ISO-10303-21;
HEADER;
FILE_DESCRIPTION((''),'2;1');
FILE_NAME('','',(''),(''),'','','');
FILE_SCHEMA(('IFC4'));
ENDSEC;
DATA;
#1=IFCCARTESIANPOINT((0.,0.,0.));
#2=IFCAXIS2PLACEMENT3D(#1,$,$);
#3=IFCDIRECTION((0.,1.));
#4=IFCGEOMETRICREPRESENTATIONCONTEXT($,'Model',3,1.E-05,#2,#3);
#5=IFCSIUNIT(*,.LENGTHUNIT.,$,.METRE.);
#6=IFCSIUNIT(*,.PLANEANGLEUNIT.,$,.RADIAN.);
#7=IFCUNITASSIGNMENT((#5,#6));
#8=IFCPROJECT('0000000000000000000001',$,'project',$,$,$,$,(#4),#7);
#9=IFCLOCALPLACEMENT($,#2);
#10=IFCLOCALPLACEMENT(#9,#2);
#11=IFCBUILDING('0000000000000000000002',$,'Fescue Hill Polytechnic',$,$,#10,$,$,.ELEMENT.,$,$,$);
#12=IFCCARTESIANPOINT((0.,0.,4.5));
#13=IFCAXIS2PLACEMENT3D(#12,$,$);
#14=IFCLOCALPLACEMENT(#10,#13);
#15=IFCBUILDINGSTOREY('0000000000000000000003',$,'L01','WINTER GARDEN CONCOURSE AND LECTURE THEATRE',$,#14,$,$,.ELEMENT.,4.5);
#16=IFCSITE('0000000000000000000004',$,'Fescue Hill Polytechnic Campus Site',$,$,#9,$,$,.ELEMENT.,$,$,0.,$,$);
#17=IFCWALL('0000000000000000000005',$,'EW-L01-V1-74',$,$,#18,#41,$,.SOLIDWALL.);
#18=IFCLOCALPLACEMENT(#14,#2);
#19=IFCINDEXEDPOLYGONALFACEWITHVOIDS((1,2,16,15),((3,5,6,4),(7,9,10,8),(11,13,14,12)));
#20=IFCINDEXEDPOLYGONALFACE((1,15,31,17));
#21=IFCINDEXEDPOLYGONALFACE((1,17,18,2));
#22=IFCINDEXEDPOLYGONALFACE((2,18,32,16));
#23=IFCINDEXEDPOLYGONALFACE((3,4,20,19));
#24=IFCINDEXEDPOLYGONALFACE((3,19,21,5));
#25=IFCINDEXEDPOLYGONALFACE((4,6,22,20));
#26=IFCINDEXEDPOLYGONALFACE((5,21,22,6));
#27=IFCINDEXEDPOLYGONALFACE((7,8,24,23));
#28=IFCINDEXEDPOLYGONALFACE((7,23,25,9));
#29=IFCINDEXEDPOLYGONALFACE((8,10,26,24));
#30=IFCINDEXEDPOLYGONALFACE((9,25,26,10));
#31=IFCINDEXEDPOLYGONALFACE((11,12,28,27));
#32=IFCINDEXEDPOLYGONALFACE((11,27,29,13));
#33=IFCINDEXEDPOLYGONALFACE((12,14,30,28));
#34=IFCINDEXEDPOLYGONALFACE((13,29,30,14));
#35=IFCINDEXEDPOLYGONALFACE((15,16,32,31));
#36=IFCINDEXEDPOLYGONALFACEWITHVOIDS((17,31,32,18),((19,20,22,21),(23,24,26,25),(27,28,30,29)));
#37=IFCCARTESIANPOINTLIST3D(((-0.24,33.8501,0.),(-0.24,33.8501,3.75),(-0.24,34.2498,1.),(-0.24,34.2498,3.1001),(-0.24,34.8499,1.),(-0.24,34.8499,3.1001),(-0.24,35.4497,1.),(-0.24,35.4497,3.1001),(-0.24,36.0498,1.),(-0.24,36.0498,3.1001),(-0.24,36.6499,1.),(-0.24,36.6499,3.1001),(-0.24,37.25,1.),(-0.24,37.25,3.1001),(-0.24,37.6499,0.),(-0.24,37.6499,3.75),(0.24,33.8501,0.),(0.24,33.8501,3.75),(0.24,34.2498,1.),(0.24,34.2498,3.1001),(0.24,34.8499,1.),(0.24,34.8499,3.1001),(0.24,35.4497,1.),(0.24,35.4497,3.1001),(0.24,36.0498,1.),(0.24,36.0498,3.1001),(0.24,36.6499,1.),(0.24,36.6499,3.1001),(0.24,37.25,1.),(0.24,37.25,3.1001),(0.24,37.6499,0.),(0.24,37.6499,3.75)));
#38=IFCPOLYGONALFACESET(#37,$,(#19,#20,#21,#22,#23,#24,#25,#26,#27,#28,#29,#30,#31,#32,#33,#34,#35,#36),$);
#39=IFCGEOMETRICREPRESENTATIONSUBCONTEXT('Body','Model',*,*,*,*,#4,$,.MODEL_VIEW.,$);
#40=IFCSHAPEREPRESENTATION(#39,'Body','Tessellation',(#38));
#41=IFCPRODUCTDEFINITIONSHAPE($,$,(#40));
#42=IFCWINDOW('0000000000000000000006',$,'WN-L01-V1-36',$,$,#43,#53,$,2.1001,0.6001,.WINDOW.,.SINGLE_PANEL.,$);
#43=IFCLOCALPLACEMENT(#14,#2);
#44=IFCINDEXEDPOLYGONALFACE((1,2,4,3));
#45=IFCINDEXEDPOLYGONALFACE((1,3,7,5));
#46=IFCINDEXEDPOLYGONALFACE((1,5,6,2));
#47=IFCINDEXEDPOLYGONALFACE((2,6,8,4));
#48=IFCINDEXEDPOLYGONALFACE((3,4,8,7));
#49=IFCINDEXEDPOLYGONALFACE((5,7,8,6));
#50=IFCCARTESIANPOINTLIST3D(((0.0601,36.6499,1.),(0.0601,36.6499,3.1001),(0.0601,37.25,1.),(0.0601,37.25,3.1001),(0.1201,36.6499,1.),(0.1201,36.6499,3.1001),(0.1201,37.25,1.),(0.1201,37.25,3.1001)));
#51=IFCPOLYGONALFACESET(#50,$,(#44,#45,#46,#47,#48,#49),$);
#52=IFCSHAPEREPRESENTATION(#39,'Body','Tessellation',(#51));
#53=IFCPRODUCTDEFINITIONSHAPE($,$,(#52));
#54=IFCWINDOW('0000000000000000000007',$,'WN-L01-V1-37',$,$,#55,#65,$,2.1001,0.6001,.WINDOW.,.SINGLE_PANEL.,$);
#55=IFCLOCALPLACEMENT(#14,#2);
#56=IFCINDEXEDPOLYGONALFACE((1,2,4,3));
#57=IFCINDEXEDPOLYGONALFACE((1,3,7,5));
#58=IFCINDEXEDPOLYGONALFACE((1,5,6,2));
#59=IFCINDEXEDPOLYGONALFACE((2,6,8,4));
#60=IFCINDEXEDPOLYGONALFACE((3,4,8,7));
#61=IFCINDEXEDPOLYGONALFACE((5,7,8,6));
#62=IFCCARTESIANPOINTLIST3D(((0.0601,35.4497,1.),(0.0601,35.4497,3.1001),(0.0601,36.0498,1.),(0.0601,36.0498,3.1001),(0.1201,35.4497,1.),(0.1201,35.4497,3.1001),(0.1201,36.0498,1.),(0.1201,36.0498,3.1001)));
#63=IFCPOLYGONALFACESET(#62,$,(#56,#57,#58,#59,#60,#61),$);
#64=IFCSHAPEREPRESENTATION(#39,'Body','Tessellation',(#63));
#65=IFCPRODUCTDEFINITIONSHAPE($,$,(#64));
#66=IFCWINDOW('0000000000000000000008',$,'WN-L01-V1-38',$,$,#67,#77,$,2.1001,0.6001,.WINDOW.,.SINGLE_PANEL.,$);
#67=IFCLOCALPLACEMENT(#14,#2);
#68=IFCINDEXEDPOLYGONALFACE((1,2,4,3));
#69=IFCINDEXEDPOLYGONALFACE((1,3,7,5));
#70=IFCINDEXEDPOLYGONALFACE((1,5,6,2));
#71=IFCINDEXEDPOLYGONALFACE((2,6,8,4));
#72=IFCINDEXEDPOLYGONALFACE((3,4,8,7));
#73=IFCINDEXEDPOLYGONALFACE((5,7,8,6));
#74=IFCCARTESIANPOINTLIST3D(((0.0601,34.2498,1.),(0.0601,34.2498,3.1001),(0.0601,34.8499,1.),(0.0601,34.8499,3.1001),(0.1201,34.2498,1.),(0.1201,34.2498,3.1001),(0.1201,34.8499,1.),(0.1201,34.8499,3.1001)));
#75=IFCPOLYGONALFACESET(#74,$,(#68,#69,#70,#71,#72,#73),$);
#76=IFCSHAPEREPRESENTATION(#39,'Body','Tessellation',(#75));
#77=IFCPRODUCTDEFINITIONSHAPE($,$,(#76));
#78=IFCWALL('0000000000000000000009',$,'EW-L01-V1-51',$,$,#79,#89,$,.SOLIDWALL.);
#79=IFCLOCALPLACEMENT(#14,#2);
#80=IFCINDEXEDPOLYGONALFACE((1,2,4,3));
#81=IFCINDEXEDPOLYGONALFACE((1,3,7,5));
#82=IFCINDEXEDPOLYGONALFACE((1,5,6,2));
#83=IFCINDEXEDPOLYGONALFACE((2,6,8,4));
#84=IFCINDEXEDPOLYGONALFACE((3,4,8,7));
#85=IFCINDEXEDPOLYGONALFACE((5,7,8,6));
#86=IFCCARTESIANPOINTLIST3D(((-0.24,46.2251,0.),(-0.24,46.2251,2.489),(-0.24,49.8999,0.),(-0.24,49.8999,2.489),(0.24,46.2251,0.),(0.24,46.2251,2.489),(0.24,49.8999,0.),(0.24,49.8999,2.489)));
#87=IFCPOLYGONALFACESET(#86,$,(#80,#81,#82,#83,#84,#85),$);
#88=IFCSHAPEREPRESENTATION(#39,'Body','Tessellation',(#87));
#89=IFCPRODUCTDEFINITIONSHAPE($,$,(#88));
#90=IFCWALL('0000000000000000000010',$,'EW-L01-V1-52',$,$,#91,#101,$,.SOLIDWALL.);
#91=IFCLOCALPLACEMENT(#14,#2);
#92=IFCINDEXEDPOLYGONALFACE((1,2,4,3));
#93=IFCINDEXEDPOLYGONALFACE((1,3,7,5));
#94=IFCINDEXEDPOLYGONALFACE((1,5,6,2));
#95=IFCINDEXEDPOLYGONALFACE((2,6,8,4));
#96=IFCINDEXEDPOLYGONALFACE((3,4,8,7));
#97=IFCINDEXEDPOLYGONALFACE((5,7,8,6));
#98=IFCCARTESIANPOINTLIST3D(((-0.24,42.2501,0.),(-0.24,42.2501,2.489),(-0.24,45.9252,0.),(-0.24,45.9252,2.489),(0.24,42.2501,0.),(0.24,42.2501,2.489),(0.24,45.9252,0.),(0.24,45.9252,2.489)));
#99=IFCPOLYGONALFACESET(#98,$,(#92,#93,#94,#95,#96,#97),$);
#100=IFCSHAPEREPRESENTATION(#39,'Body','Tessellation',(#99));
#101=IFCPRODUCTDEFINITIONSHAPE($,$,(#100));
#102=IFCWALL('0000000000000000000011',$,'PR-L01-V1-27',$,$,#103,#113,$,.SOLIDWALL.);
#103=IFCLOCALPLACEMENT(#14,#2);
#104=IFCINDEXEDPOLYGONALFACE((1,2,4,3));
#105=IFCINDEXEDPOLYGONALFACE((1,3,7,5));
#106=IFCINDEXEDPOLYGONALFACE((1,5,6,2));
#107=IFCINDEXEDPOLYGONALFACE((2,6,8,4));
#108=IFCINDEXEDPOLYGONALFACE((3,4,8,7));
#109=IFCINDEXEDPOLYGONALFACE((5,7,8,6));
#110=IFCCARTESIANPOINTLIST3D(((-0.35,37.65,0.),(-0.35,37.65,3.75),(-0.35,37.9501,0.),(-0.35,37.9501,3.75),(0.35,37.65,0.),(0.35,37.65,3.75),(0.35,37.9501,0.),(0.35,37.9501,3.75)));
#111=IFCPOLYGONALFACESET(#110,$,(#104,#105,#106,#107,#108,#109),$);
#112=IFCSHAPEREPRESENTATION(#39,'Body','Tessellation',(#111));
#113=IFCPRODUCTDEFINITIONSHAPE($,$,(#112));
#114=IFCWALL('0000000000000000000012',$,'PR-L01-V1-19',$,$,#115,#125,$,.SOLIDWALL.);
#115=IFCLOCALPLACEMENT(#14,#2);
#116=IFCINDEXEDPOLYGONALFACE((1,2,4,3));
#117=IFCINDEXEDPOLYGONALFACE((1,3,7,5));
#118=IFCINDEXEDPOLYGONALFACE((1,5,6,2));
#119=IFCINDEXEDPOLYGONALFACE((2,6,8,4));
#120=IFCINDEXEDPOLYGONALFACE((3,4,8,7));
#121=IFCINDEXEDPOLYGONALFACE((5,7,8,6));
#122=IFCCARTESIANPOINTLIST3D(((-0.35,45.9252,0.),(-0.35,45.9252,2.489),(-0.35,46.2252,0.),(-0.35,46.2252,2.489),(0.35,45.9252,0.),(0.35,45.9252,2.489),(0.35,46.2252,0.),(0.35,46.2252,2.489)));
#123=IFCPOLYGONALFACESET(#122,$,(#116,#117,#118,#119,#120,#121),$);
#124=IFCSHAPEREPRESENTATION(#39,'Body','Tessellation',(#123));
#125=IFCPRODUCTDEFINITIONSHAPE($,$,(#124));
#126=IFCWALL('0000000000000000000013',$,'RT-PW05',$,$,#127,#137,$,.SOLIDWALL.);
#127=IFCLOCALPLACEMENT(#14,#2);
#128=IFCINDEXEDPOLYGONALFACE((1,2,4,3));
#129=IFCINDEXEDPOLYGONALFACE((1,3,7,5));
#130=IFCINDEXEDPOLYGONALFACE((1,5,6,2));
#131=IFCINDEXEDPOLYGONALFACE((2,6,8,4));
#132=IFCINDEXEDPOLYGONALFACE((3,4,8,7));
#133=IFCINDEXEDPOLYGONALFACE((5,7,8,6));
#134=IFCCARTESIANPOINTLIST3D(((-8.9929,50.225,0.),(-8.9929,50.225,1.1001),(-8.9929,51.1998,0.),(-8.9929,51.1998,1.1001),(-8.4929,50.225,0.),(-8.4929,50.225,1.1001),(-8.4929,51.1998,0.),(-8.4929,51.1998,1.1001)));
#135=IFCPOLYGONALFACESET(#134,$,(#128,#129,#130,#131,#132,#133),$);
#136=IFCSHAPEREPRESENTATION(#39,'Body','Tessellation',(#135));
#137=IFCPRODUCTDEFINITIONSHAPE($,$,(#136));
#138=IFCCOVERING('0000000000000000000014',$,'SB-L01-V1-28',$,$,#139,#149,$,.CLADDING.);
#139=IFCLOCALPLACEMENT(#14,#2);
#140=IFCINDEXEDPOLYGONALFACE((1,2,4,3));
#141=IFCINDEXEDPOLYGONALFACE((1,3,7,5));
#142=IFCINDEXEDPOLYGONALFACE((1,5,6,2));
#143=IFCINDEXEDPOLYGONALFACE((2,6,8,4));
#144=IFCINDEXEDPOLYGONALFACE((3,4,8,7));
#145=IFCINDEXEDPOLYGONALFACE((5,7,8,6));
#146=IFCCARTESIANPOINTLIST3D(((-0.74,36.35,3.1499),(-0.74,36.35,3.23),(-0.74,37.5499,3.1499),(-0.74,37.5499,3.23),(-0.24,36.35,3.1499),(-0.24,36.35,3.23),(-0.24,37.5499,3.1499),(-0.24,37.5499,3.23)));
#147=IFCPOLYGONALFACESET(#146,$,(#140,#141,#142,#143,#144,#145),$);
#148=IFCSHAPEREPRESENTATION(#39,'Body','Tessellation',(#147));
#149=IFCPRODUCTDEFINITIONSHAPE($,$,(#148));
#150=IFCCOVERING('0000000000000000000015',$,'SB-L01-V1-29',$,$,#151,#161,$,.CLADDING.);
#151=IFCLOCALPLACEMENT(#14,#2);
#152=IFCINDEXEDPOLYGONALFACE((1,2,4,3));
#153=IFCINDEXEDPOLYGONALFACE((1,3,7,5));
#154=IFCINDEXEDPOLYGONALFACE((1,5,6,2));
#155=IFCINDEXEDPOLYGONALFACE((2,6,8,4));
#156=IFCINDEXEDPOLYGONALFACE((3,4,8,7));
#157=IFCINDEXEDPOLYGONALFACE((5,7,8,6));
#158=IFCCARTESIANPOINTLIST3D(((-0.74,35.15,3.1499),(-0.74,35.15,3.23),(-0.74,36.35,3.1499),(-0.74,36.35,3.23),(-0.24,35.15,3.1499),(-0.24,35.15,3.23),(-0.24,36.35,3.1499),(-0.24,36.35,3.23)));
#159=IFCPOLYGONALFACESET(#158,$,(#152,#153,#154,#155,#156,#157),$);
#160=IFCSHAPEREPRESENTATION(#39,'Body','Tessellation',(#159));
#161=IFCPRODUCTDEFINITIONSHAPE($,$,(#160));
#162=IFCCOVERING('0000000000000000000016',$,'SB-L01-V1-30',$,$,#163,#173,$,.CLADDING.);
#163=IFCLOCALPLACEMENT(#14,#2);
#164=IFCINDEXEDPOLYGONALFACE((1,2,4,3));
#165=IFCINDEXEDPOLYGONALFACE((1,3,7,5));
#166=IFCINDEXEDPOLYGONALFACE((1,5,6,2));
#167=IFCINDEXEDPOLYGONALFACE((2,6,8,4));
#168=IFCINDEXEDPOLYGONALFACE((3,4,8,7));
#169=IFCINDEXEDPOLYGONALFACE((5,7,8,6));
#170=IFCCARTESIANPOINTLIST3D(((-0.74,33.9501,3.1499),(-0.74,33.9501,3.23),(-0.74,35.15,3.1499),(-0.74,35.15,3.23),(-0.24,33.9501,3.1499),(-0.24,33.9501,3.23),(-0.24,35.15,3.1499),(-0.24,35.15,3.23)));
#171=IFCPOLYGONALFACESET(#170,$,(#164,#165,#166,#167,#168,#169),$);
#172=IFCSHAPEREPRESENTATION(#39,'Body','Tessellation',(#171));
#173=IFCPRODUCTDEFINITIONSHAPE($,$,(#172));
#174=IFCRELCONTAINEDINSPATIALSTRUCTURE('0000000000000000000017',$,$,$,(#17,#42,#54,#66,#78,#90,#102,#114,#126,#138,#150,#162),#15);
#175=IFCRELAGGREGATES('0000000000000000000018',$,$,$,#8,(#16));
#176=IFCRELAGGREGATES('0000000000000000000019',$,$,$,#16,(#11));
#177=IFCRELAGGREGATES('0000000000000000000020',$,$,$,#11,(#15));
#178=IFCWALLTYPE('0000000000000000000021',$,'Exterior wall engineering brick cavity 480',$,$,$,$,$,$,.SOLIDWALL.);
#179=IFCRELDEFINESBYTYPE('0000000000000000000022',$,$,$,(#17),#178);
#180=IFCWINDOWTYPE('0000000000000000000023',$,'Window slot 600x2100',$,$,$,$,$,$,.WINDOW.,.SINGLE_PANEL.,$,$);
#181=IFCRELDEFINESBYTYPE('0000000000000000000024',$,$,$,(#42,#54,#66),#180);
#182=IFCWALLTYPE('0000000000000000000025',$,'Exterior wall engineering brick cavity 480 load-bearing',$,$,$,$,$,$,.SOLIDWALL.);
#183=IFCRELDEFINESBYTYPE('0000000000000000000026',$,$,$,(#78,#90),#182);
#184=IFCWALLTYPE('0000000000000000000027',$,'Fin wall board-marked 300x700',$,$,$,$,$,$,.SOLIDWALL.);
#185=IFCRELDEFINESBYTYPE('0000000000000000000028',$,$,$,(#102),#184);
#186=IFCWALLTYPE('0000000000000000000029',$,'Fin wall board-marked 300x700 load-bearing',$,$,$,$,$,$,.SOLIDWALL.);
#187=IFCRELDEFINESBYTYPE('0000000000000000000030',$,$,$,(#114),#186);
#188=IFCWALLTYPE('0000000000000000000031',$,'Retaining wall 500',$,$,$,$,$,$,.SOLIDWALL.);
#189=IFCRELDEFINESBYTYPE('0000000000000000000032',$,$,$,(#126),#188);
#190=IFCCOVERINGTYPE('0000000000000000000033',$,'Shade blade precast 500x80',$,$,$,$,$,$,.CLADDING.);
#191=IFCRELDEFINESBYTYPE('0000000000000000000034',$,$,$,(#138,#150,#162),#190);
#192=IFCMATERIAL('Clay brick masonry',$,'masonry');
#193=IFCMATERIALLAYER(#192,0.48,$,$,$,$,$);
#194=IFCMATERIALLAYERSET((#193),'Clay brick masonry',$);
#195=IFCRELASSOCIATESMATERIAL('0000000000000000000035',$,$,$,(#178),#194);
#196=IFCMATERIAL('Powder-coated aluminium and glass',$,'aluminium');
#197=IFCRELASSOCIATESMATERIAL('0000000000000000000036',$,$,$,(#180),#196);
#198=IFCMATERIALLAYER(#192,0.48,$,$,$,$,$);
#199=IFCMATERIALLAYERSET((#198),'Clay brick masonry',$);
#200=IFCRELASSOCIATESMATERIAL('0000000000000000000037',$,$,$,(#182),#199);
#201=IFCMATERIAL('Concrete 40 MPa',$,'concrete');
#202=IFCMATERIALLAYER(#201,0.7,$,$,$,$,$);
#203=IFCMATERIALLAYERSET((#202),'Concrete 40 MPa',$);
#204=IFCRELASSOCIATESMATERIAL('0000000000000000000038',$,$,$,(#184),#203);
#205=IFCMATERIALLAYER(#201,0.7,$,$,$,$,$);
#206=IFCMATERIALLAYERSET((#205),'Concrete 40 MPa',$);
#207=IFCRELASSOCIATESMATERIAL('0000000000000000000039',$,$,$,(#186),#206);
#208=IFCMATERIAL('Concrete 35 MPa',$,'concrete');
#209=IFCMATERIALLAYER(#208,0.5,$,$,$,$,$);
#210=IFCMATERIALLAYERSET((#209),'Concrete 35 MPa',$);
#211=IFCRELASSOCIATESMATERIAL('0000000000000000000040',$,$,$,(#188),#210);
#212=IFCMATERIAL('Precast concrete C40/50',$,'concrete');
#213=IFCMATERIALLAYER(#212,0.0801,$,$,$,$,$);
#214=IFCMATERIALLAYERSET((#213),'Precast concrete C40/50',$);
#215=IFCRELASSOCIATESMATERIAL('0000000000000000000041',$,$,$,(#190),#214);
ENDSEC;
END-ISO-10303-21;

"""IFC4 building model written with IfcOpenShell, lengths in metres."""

from ifc_helpers import new_model, si_unit, direction, frame, frame_2d, origin, origin_2d, place, context, subcontext, project, spatial, rectangle, extrude, material, layer, layer_set, type_object, element, fill, save


model = new_model("IFC4")

# Units and contexts
model_context = context("Model", 3, precision=1e-05, world=origin(), true_north=direction((0.0, 1.0)))
body_context = subcontext(model_context, "Body", "Model", "MODEL_VIEW")
ifc_project = project(units=[si_unit("LENGTHUNIT", "METRE"), si_unit("PLANEANGLEUNIT", "RADIAN")], contexts=[model_context])

# Site, building, storey
site_placement = place(None, origin())
site = spatial("IfcSite", under=ifc_project, at=site_placement, Name="Fescue Hill Polytechnic Campus Site", CompositionType="ELEMENT", RefElevation=0.0)
building_placement = place(site_placement, origin())
building = spatial("IfcBuilding", under=site, at=building_placement, Name="Fescue Hill Polytechnic", CompositionType="ELEMENT")
storey_placement = place(building_placement, frame((0.0, 0.0, 4.5)))
storey = spatial("IfcBuildingStorey", under=building, at=storey_placement, Name="L01", Description="WINTER GARDEN CONCOURSE AND LECTURE THEATRE", CompositionType="ELEMENT", Elevation=4.5)

# Shared definitions
ifc_material_1 = material(Name="Concrete 40 MPa", Category="concrete")

# Shared definitions
ifc_material_2 = material(Name="Concrete 35 MPa", Category="concrete")

# Shared definitions
ifc_material_3 = material(Name="Clay brick masonry", Category="masonry")
ifc_layer_1 = layer(ifc_material_3, 0.48)
ifc_layer_set_1 = layer_set([ifc_layer_1], Name="Clay brick masonry")
wall_type_1 = type_object("IfcWallType", Name="Exterior wall engineering brick cavity 480", PredefinedType="SOLIDWALL", material=ifc_layer_set_1)

# Wall, openings, windows
wall_1_placement = place(storey_placement, frame((0.0, 37.6499, 0.0), z_axis=(0.0, 0.0, 1.0), x_axis=(0.0, -1.0, 0.0)))
wall_1 = element("IfcWall", 1, at=wall_1_placement, inside=storey, type_object=wall_type_1, Name="EW-L01-V1-74", PredefinedType="SOLIDWALL", context=body_context, shape_type="SweptSolid", body=[
    extrude(rectangle(XDim=3.7998, YDim=0.48, at=frame_2d((1.8999, 0.0))), origin(), (0.0, 0.0, 1.0), 3.75),
])
opening_1_placement = place(wall_1_placement, frame((0.3999, 0.0, 1.0)))
opening_1 = element("IfcOpeningElement", 2, at=opening_1_placement, cuts=wall_1, PredefinedType="OPENING", context=body_context, shape_type="SweptSolid", body=[
    extrude(rectangle(XDim=0.6001, YDim=2.1001, at=frame_2d((0.3, 1.05))), frame((0.0, 0.25, 0.0), z_axis=(0.0, -1.0, 0.0), x_axis=(1.0, 0.0, 0.0)), (0.0, 0.0, 1.0), 0.5),
])
opening_2_placement = place(wall_1_placement, frame((1.6001, 0.0, 1.0)))
opening_2 = element("IfcOpeningElement", 3, at=opening_2_placement, cuts=wall_1, PredefinedType="OPENING", context=body_context, shape_type="SweptSolid", body=[
    extrude(rectangle(XDim=0.6001, YDim=2.1001, at=frame_2d((0.3, 1.05))), frame((0.0, 0.25, 0.0), z_axis=(0.0, -1.0, 0.0), x_axis=(1.0, 0.0, 0.0)), (0.0, 0.0, 1.0), 0.5),
])
opening_3_placement = place(wall_1_placement, frame((2.8, 0.0, 1.0)))
opening_3 = element("IfcOpeningElement", 4, at=opening_3_placement, cuts=wall_1, PredefinedType="OPENING", context=body_context, shape_type="SweptSolid", body=[
    extrude(rectangle(XDim=0.6001, YDim=2.1001, at=frame_2d((0.3, 1.05))), frame((0.0, 0.25, 0.0), z_axis=(0.0, -1.0, 0.0), x_axis=(1.0, 0.0, 0.0)), (0.0, 0.0, 1.0), 0.5),
])
ifc_material_4 = material(Name="Powder-coated aluminium and glass", Category="aluminium")
window_type = type_object("IfcWindowType", Name="Window slot 600x2100", PartitioningType="SINGLE_PANEL", PredefinedType="WINDOW", material=ifc_material_4)
window_1_placement = place(opening_1_placement, origin())
window_1 = element("IfcWindow", 5, at=window_1_placement, inside=storey, type_object=window_type, Name="WN-L01-V1-36", OverallHeight=2.1001, OverallWidth=0.6001, PartitioningType="SINGLE_PANEL", PredefinedType="WINDOW", context=body_context, shape_type="SweptSolid", body=[
    extrude(rectangle(XDim=0.6001, YDim=2.1001, at=frame_2d((0.3, 1.05))), frame((0.0, 0.1201, 0.0), z_axis=(0.0, -1.0, 0.0), x_axis=(1.0, 0.0, 0.0)), (0.0, 0.0, 1.0), 0.0601),
])
fill(opening_1, window_1)
window_2_placement = place(opening_2_placement, origin())
window_2 = element("IfcWindow", 6, at=window_2_placement, inside=storey, type_object=window_type, Name="WN-L01-V1-37", OverallHeight=2.1001, OverallWidth=0.6001, PartitioningType="SINGLE_PANEL", PredefinedType="WINDOW", context=body_context, shape_type="SweptSolid", body=[
    extrude(rectangle(XDim=0.6001, YDim=2.1001, at=frame_2d((0.3, 1.05))), frame((0.0, 0.1201, 0.0), z_axis=(0.0, -1.0, 0.0), x_axis=(1.0, 0.0, 0.0)), (0.0, 0.0, 1.0), 0.0601),
])
fill(opening_2, window_2)
window_3_placement = place(opening_3_placement, origin())
window_3 = element("IfcWindow", 7, at=window_3_placement, inside=storey, type_object=window_type, Name="WN-L01-V1-38", OverallHeight=2.1001, OverallWidth=0.6001, PartitioningType="SINGLE_PANEL", PredefinedType="WINDOW", context=body_context, shape_type="SweptSolid", body=[
    extrude(rectangle(XDim=0.6001, YDim=2.1001, at=frame_2d((0.3, 1.05))), frame((0.0, 0.1201, 0.0), z_axis=(0.0, -1.0, 0.0), x_axis=(1.0, 0.0, 0.0)), (0.0, 0.0, 1.0), 0.0601),
])
fill(opening_3, window_3)

# Walls
ifc_layer_2 = layer(ifc_material_3, 0.48)
ifc_layer_set_2 = layer_set([ifc_layer_2], Name="Clay brick masonry")
wall_type_2 = type_object("IfcWallType", Name="Exterior wall engineering brick cavity 480 load-bearing", PredefinedType="SOLIDWALL", material=ifc_layer_set_2)
wall_2_placement = place(storey_placement, frame((0.0, 49.8999, 0.0), z_axis=(0.0, 0.0, 1.0), x_axis=(0.0, -1.0, 0.0)))
element("IfcWall", 8, at=wall_2_placement, inside=storey, type_object=wall_type_2, Name="EW-L01-V1-51", PredefinedType="SOLIDWALL", context=body_context, shape_type="SweptSolid", body=[
    extrude(rectangle(XDim=3.6748, YDim=0.48, at=frame_2d((1.8374, 0.0))), origin(), (0.0, 0.0, 1.0), 2.489),
])
wall_3_placement = place(storey_placement, frame((0.0, 45.925, 0.0), z_axis=(0.0, 0.0, 1.0), x_axis=(0.0, -1.0, 0.0)))
element("IfcWall", 9, at=wall_3_placement, inside=storey, type_object=wall_type_2, Name="EW-L01-V1-52", PredefinedType="SOLIDWALL", context=body_context, shape_type="SweptSolid", body=[
    extrude(rectangle(XDim=3.675, YDim=0.48, at=frame_2d((1.8374, 0.0))), origin(), (0.0, 0.0, 1.0), 2.489),
])
ifc_layer_3 = layer(ifc_material_1, 0.7)
ifc_layer_set_3 = layer_set([ifc_layer_3], Name="Concrete 40 MPa")
wall_type_3 = type_object("IfcWallType", Name="Fin wall board-marked 300x700", PredefinedType="SOLIDWALL", material=ifc_layer_set_3)
wall_4_placement = place(storey_placement, frame((0.0, 37.95, 0.0), z_axis=(0.0, 0.0, 1.0), x_axis=(0.0, -1.0, 0.0)))
element("IfcWall", 10, at=wall_4_placement, inside=storey, type_object=wall_type_3, Name="PR-L01-V1-27", PredefinedType="SOLIDWALL", context=body_context, shape_type="SweptSolid", body=[
    extrude(rectangle(XDim=0.3, YDim=0.7, at=frame_2d((0.1499, 0.0))), origin(), (0.0, 0.0, 1.0), 3.75),
])
ifc_layer_4 = layer(ifc_material_1, 0.7)
ifc_layer_set_4 = layer_set([ifc_layer_4], Name="Concrete 40 MPa")
wall_type_4 = type_object("IfcWallType", Name="Fin wall board-marked 300x700 load-bearing", PredefinedType="SOLIDWALL", material=ifc_layer_set_4)
wall_5_placement = place(storey_placement, frame((0.0, 46.2251, 0.0), z_axis=(0.0, 0.0, 1.0), x_axis=(0.0, -1.0, 0.0)))
element("IfcWall", 11, at=wall_5_placement, inside=storey, type_object=wall_type_4, Name="PR-L01-V1-19", PredefinedType="SOLIDWALL", context=body_context, shape_type="SweptSolid", body=[
    extrude(rectangle(XDim=0.3, YDim=0.7, at=frame_2d((0.1499, 0.0))), origin(), (0.0, 0.0, 1.0), 2.489),
])
ifc_layer_5 = layer(ifc_material_2, 0.5)
ifc_layer_set_5 = layer_set([ifc_layer_5], Name="Concrete 35 MPa")
wall_type_5 = type_object("IfcWallType", Name="Retaining wall 500", PredefinedType="SOLIDWALL", material=ifc_layer_set_5)
wall_6_placement = place(storey_placement, frame((-8.7429, 50.2251, 0.0), z_axis=(0.0, 0.0, 1.0), x_axis=(0.0, 1.0, 0.0)))
element("IfcWall", 12, at=wall_6_placement, inside=storey, type_object=wall_type_5, Name="RT-PW05", PredefinedType="SOLIDWALL", context=body_context, shape_type="SweptSolid", body=[
    extrude(rectangle(XDim=0.9749, YDim=0.5, at=frame_2d((0.4873, 0.0))), origin(), (0.0, 0.0, 1.0), 1.1001),
])

# Coverings
ifc_material_5 = material(Name="Precast concrete C40/50", Category="concrete")
ifc_layer_6 = layer(ifc_material_5, 0.0801)
ifc_layer_set_6 = layer_set([ifc_layer_6], Name="Precast concrete C40/50")
covering_type = type_object("IfcCoveringType", Name="Shade blade precast 500x80", PredefinedType="CLADDING", material=ifc_layer_set_6)
for number, where, z_axis, x_axis, name in (
    (13, (-0.49, 36.95, 3.1499), (0.0, 0.0, 1.0), (0.0, -1.0, 0.0), "SB-L01-V1-28"),
    (14, (-0.49, 35.75, 3.1499), (0.0, 0.0, 1.0), (0.0, -1.0, 0.0), "SB-L01-V1-29"),
    (15, (-0.49, 34.55, 3.1499), (0.0, 0.0, 1.0), (0.0, -1.0, 0.0), "SB-L01-V1-30"),
):
    element("IfcCovering", number, at=place(storey_placement, frame(where, z_axis=z_axis, x_axis=x_axis)), inside=storey, type_object=covering_type, Name=name, PredefinedType="CLADDING", context=body_context, shape_type="SweptSolid", body=[
        extrude(rectangle(XDim=1.2, YDim=0.5, at=origin_2d()), origin(), (0.0, 0.0, 1.0), 0.0801),
    ])

save(model, "model.ifc")
